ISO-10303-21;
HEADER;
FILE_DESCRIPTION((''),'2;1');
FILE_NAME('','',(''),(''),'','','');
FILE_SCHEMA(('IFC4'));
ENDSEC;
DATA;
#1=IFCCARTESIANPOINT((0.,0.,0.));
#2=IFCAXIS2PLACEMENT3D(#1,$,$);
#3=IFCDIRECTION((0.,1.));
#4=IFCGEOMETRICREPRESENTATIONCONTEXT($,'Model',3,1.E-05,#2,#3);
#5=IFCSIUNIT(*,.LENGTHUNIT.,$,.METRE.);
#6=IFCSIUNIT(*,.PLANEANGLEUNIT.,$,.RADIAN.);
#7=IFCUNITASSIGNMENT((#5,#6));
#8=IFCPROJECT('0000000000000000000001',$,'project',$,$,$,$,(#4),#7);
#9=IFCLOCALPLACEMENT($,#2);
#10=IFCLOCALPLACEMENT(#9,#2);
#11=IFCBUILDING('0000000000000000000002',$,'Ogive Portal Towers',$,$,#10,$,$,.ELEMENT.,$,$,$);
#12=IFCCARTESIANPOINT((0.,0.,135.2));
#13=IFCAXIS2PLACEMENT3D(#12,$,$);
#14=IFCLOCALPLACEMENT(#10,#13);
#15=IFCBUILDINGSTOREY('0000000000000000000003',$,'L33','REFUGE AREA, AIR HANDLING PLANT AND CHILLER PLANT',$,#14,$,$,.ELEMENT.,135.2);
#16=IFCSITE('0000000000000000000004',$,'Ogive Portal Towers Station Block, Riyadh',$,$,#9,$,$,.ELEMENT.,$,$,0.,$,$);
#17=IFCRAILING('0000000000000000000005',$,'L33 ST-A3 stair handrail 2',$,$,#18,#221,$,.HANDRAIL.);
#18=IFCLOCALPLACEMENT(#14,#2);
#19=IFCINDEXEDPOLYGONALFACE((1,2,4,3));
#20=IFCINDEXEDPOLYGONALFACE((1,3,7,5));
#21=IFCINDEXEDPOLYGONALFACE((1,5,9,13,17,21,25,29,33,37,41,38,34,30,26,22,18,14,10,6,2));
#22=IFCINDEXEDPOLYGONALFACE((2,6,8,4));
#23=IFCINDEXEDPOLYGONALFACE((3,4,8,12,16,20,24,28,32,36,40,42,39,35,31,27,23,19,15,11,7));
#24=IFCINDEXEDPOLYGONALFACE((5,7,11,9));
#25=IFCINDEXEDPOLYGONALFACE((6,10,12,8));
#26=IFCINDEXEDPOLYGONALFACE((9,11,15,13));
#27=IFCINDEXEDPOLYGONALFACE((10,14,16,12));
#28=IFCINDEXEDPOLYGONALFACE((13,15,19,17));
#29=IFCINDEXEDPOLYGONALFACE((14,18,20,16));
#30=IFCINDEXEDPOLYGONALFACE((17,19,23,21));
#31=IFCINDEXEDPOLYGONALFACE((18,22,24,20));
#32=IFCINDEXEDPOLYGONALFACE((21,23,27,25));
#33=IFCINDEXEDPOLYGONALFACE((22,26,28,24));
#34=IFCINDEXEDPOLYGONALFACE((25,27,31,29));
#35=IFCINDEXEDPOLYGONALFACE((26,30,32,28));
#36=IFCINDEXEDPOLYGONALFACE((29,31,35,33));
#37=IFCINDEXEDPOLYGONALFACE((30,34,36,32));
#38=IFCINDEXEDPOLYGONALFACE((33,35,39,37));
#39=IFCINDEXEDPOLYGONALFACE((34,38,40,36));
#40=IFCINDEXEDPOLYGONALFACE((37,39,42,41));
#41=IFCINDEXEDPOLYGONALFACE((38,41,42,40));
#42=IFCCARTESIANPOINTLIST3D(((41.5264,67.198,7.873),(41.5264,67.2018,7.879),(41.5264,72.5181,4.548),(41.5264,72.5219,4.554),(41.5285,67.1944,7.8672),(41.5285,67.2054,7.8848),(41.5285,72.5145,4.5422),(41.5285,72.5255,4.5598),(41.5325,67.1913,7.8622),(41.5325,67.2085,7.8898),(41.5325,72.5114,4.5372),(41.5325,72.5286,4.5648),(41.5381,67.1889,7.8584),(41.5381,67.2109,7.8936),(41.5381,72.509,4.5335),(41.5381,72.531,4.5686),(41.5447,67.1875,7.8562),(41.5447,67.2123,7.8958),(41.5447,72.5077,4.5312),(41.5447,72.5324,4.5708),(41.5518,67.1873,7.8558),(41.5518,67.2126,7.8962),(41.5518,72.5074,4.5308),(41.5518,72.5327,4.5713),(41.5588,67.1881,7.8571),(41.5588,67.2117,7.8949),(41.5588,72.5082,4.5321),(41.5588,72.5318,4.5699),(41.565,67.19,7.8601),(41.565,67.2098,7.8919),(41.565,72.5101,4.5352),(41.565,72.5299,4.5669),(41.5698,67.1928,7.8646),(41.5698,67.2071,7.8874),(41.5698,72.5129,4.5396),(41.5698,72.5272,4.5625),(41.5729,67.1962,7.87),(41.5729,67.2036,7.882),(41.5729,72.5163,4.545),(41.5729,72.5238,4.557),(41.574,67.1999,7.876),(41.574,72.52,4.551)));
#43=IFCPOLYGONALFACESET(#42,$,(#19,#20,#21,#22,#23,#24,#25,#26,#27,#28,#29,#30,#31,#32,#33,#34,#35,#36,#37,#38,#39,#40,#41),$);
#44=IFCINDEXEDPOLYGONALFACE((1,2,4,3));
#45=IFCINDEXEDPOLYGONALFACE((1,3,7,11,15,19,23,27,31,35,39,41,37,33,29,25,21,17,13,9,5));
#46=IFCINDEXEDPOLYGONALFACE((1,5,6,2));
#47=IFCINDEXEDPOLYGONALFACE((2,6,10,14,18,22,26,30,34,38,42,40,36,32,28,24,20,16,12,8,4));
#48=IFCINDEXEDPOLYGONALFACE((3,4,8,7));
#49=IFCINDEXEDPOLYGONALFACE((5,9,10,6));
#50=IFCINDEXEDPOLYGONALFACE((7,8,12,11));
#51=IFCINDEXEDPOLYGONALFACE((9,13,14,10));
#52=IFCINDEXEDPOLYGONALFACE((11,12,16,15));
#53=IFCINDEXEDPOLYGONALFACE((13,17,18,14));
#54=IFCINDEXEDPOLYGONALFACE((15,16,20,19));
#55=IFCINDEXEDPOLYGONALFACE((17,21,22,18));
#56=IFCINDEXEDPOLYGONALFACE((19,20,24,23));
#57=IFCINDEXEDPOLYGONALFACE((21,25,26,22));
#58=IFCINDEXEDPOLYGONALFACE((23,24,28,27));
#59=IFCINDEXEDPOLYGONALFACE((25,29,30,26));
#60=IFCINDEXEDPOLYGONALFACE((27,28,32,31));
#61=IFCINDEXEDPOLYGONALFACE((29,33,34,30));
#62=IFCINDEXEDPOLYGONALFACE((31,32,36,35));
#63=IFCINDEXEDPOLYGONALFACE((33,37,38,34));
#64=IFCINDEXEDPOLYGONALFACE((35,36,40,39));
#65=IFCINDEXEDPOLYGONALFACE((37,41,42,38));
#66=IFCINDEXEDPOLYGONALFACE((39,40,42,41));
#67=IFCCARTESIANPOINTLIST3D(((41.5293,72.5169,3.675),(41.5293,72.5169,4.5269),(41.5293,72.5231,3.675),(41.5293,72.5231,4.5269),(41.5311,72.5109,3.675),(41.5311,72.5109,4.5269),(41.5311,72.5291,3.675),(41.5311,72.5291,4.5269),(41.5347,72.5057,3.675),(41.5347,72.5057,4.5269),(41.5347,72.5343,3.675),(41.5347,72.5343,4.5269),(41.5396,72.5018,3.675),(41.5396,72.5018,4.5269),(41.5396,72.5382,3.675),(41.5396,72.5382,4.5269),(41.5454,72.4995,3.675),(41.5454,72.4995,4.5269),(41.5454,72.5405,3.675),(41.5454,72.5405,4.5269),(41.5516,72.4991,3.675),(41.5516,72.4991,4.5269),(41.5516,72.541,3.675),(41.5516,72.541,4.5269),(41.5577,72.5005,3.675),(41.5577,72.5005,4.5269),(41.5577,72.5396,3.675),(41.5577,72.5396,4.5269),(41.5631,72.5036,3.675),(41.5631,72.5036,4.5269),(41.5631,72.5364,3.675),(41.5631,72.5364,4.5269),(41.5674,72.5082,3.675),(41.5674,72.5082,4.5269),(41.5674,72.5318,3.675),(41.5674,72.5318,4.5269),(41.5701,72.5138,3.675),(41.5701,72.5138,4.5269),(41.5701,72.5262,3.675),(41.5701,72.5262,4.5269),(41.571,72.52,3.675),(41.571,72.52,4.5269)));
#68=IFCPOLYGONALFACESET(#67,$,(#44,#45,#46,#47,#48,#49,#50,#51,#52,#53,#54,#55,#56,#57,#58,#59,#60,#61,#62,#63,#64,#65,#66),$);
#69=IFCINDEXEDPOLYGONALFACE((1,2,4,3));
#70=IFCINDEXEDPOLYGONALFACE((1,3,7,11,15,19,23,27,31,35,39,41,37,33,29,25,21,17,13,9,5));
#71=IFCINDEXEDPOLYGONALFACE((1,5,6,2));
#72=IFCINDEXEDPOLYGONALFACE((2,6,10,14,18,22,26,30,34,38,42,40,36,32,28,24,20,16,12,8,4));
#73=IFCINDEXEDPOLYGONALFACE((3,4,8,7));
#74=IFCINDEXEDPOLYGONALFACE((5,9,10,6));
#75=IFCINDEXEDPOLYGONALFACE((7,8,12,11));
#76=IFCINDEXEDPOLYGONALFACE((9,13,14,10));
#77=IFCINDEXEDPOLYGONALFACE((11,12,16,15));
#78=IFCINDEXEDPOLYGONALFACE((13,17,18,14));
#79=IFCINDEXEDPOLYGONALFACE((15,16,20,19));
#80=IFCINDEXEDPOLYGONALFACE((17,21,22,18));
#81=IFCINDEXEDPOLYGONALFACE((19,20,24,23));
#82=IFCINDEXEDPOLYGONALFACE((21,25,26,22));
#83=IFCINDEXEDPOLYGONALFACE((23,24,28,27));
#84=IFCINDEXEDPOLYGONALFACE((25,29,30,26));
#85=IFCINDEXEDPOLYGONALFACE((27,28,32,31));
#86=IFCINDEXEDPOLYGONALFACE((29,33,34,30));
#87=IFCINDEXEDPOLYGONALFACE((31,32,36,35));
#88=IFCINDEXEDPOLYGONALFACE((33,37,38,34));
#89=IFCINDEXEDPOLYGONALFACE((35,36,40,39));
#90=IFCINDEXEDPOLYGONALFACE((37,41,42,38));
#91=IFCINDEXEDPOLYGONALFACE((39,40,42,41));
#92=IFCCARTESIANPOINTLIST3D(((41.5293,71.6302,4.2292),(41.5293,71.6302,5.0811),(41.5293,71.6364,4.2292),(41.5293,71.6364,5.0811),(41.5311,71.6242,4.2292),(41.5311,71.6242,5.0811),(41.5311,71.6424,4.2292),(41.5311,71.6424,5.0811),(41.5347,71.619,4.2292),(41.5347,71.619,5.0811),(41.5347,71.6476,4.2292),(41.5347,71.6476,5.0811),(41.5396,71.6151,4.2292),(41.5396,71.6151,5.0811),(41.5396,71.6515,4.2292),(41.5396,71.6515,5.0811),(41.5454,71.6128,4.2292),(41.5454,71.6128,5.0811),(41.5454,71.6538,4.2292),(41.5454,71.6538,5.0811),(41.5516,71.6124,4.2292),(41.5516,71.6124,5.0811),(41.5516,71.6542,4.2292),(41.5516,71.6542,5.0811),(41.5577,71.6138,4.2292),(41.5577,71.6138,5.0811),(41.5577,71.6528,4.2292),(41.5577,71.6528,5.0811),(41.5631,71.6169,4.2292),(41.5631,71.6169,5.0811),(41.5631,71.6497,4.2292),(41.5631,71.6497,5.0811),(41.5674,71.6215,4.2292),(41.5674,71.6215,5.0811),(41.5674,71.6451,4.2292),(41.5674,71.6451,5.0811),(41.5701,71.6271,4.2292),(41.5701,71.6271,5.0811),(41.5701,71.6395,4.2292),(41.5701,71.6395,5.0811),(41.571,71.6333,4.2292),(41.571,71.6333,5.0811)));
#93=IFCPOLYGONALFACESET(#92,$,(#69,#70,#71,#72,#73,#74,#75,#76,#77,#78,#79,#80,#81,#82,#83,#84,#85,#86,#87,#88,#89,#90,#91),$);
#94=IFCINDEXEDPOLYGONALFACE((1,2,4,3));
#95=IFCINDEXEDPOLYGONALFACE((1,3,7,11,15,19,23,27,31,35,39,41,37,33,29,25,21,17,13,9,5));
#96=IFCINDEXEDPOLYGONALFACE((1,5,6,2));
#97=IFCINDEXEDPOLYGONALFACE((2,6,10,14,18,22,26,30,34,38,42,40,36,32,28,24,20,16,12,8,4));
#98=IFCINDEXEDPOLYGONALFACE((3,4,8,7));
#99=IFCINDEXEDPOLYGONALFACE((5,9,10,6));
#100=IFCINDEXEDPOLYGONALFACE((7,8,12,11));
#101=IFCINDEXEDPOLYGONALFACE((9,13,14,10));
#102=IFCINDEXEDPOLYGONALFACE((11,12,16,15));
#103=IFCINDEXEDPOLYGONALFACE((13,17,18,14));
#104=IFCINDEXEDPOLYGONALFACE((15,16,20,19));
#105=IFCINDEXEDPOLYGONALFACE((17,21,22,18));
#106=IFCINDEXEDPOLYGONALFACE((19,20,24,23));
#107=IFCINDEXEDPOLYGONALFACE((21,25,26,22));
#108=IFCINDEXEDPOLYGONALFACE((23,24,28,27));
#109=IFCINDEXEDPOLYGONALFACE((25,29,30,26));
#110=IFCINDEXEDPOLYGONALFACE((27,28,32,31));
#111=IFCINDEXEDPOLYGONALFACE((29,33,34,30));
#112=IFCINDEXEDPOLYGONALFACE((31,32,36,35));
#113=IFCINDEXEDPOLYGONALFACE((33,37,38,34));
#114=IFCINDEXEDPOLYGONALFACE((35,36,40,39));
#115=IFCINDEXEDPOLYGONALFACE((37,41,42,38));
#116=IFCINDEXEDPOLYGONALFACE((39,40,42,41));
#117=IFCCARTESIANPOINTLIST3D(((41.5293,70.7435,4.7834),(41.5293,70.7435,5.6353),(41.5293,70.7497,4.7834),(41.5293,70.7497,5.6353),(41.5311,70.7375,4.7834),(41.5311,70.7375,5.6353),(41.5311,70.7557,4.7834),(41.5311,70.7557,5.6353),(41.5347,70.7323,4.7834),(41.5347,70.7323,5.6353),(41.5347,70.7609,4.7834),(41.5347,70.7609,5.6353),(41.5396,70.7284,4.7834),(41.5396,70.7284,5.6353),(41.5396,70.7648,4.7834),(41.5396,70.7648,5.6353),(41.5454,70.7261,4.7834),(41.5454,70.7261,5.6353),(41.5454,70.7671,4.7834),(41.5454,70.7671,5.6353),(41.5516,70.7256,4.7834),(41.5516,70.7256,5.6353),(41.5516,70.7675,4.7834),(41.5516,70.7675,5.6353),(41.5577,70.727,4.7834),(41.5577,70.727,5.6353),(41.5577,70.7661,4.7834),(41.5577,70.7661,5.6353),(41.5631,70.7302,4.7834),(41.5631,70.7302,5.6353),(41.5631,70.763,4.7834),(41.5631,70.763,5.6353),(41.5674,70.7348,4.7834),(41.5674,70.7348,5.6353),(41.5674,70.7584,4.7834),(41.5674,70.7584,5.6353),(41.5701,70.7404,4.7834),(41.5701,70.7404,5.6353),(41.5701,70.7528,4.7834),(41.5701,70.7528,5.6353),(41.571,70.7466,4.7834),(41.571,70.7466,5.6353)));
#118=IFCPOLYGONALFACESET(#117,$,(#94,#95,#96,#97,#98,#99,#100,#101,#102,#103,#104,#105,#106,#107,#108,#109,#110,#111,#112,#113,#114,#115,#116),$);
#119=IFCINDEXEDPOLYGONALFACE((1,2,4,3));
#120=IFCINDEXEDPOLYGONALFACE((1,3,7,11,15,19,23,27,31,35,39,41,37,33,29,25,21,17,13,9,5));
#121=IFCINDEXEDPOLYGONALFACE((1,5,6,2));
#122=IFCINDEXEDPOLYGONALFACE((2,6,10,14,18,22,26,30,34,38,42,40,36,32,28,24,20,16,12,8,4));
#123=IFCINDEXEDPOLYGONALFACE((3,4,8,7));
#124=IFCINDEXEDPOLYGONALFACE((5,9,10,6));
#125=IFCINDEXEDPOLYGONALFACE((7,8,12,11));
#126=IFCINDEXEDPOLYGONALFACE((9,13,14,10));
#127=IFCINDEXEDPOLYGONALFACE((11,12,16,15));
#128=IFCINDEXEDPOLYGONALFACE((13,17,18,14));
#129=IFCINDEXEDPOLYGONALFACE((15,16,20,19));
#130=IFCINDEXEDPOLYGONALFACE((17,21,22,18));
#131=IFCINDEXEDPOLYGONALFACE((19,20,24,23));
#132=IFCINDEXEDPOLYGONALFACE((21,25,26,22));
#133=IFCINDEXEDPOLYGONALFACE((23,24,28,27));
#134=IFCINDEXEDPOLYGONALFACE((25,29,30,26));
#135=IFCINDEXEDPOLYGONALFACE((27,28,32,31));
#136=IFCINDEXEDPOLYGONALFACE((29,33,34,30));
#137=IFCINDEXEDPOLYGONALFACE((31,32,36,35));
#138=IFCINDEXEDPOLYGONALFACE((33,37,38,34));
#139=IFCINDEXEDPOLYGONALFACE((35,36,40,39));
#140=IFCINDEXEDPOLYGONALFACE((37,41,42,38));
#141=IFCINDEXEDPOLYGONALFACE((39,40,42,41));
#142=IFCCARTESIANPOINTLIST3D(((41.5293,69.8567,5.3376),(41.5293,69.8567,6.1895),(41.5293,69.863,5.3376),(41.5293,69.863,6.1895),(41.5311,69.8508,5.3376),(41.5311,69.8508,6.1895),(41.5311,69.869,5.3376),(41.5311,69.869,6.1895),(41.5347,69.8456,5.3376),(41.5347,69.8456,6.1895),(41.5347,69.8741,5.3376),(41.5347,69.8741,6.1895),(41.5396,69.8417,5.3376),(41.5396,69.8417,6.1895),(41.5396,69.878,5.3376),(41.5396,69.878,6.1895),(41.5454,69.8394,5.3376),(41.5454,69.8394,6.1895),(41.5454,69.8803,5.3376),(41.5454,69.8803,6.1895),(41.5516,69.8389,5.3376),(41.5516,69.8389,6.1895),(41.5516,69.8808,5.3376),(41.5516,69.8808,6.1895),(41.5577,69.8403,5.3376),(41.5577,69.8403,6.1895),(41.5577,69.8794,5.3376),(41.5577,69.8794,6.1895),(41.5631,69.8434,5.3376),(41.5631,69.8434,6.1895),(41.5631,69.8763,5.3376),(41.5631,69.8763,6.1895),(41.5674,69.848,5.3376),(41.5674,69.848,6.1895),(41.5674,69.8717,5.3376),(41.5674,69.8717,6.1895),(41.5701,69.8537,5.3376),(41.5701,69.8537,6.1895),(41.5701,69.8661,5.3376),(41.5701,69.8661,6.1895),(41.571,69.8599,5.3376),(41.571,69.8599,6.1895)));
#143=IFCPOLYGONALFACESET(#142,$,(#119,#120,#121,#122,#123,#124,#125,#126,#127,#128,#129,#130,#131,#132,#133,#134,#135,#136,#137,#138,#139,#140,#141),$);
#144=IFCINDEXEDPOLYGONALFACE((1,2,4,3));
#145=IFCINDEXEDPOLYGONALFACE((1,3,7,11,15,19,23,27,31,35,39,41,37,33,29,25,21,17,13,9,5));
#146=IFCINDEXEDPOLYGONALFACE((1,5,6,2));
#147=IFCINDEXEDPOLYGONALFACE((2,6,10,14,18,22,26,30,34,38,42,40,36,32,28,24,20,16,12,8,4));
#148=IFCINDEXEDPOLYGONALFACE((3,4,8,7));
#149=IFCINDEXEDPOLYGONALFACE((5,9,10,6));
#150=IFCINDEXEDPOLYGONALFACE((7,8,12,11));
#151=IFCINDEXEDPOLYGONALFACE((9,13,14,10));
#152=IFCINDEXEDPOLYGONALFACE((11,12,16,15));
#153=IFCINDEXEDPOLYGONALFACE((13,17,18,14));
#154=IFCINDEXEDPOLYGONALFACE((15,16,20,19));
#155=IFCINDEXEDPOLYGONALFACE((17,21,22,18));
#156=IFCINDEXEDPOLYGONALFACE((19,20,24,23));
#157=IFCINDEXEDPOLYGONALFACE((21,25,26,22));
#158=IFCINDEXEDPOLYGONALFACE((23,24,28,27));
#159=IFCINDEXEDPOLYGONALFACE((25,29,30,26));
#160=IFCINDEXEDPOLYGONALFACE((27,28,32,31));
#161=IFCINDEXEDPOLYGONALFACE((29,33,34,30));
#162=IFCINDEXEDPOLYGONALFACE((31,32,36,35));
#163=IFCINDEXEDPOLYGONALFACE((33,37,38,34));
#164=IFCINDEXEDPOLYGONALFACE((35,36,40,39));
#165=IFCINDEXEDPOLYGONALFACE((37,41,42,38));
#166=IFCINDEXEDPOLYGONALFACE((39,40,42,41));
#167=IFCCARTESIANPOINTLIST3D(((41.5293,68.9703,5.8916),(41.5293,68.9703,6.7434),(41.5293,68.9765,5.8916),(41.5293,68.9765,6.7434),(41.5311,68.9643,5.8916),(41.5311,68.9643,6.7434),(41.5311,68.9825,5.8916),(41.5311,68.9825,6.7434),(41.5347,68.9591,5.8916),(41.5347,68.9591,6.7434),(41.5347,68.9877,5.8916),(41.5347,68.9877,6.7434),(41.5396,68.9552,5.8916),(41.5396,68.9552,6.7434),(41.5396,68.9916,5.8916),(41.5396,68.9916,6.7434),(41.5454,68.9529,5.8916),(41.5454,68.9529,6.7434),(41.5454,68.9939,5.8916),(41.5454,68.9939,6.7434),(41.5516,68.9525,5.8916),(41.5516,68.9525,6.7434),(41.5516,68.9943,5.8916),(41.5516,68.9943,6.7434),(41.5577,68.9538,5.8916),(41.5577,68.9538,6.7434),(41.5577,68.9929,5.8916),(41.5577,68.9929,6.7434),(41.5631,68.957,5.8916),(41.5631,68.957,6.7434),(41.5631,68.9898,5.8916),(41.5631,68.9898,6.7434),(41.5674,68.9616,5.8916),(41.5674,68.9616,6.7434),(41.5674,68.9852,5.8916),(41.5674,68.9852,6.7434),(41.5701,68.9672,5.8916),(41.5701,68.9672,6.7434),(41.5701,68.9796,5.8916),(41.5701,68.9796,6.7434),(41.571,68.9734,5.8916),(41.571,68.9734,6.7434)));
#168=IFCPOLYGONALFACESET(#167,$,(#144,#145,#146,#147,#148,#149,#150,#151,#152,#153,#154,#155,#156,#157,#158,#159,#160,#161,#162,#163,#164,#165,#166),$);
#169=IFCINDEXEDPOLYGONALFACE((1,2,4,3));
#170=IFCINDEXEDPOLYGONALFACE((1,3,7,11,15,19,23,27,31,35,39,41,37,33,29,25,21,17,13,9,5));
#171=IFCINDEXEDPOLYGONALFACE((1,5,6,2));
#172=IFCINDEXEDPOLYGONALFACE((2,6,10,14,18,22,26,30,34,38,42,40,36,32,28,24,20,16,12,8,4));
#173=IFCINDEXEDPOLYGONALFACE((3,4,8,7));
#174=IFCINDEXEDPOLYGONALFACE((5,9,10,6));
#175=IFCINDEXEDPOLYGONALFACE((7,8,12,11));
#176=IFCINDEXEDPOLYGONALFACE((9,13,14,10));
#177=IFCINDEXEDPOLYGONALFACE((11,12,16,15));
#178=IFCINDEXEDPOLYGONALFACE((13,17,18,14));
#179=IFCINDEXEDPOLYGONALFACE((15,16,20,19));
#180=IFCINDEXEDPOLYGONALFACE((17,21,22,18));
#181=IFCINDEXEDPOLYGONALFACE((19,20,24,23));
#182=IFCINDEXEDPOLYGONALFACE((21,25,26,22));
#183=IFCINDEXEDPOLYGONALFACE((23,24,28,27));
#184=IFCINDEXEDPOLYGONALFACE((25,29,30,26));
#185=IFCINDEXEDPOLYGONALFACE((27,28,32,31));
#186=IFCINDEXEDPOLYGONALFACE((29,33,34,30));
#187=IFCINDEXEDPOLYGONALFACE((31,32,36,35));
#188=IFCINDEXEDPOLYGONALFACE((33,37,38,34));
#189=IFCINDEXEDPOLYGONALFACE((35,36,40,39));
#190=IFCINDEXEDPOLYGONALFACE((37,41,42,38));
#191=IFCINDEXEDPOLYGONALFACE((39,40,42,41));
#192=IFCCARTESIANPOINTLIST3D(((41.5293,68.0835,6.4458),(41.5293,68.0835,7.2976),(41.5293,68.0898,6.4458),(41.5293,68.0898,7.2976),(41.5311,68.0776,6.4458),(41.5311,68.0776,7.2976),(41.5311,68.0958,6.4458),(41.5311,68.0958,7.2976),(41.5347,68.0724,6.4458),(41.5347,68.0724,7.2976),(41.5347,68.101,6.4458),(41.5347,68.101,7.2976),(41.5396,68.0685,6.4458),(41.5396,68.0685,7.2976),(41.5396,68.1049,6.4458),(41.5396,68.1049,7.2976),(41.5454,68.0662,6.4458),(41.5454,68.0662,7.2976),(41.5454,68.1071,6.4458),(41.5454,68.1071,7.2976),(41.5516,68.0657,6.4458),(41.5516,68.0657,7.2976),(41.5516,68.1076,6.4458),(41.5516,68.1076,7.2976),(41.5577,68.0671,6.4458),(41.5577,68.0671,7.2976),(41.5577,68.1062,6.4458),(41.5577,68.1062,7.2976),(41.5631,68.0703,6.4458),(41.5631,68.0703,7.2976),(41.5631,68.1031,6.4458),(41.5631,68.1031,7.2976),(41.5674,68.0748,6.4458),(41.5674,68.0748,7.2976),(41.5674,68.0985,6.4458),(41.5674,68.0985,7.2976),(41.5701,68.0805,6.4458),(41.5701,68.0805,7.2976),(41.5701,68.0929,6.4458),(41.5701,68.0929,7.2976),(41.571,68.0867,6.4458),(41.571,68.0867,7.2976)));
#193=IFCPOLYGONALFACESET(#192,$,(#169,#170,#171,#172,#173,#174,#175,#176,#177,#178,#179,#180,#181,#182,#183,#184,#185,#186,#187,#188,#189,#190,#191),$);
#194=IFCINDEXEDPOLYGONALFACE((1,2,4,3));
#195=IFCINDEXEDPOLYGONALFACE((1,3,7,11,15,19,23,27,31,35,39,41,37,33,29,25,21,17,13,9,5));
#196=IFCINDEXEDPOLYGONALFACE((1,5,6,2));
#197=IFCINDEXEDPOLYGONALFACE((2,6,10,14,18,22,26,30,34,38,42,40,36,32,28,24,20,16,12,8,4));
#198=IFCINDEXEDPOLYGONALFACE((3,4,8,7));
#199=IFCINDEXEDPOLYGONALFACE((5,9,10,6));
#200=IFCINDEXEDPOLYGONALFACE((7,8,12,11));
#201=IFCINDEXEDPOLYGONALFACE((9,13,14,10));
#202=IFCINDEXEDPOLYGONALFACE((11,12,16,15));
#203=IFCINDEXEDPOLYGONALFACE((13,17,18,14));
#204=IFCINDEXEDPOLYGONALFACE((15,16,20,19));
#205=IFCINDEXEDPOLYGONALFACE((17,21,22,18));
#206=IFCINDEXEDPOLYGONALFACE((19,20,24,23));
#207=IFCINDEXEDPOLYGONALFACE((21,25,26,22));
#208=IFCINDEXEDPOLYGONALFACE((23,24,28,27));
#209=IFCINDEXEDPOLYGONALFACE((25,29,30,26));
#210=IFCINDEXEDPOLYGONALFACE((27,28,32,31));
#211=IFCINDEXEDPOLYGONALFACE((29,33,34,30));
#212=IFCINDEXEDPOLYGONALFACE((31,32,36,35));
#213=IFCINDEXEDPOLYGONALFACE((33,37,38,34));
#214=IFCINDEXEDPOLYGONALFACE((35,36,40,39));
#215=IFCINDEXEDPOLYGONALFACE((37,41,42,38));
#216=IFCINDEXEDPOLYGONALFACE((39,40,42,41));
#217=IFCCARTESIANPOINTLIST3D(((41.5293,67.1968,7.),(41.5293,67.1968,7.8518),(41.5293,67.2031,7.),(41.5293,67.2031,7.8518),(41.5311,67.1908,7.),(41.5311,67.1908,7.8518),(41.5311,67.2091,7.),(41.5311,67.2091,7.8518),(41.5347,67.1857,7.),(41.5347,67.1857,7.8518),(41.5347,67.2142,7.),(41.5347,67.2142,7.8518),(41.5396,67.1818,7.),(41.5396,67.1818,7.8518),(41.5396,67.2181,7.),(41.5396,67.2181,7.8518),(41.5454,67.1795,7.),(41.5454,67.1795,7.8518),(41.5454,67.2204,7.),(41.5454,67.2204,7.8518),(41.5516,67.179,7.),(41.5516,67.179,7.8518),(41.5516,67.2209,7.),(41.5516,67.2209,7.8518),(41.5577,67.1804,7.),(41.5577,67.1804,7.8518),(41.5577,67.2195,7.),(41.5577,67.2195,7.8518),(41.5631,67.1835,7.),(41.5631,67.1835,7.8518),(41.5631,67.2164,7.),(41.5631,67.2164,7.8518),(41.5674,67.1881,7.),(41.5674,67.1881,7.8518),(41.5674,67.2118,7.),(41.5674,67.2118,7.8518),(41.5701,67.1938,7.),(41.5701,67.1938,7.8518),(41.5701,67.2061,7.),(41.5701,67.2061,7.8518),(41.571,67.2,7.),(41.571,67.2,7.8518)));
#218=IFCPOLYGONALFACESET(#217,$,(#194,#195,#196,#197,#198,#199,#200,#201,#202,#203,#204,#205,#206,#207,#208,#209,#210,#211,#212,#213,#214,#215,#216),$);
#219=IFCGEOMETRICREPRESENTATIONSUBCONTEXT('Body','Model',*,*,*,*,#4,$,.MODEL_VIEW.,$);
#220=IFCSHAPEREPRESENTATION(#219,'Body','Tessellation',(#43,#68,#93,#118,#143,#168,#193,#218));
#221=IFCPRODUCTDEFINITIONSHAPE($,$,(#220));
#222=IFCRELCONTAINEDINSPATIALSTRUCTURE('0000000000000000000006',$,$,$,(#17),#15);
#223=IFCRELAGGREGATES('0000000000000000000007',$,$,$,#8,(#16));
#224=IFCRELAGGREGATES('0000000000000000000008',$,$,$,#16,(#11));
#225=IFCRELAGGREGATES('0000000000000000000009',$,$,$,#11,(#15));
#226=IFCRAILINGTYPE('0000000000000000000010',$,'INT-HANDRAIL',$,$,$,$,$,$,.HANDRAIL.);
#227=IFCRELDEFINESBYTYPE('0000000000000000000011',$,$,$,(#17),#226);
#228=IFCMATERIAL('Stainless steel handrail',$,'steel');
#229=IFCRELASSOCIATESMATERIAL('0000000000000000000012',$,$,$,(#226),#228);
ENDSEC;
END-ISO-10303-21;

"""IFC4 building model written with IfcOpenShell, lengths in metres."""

from ifc_helpers import new_model, si_unit, direction, frame, origin, origin_2d, place, context, subcontext, project, spatial, circle, extrude, material, type_object, element, save


model = new_model("IFC4")

# Units and contexts
model_context = context("Model", 3, precision=1e-05, world=origin(), true_north=direction((0.0, 1.0)))
body_context = subcontext(model_context, "Body", "Model", "MODEL_VIEW")
ifc_project = project(units=[si_unit("LENGTHUNIT", "METRE"), si_unit("PLANEANGLEUNIT", "RADIAN")], contexts=[model_context])

# Site, building, storey
site_placement = place(None, origin())
site = spatial("IfcSite", under=ifc_project, at=site_placement, Name="Ogive Portal Towers Station Block, Riyadh", CompositionType="ELEMENT", RefElevation=0.0)
building_placement = place(site_placement, origin())
building = spatial("IfcBuilding", under=site, at=building_placement, Name="Ogive Portal Towers", CompositionType="ELEMENT")
storey_placement = place(building_placement, frame((0.0, 0.0, 135.2)))
storey = spatial("IfcBuildingStorey", under=building, at=storey_placement, Name="L33", Description="REFUGE AREA, AIR HANDLING PLANT AND CHILLER PLANT", CompositionType="ELEMENT", Elevation=135.2)

# Railing
ifc_material_1 = material(Name="Stainless steel handrail", Category="steel")
railing_type_1 = type_object("IfcRailingType", Name="INT-HANDRAIL", PredefinedType="HANDRAIL", material=ifc_material_1)
railing_1_placement = place(storey_placement, frame((41.55, 72.52, 3.675)))
element("IfcRailing", 1, at=railing_1_placement, inside=storey, type_object=railing_type_1, Name="L33 ST-A3 stair handrail 2", PredefinedType="HANDRAIL", context=body_context, shape_type="SweptSolid", body=[
    extrude(circle(Radius=0.0239, at=origin_2d()), frame((0.0, 0.0, 0.876), z_axis=(0.0, -0.848005, 0.529988), x_axis=(1.0, 0.0, 0.0)), (0.0, 0.0, 1.0), 6.2737),
    extrude(circle(Radius=0.021, at=origin_2d()), origin(), (0.0, 0.0, 1.0), 0.8518),
    extrude(circle(Radius=0.021, at=origin_2d()), frame((0.0, -0.8867, 0.5542)), (0.0, 0.0, 1.0), 0.8518),
    extrude(circle(Radius=0.021, at=origin_2d()), frame((0.0, -1.7734, 1.1084)), (0.0, 0.0, 1.0), 0.8518),
    extrude(circle(Radius=0.021, at=origin_2d()), frame((0.0, -2.6602, 1.6626)), (0.0, 0.0, 1.0), 0.8518),
    extrude(circle(Radius=0.021, at=origin_2d()), frame((0.0, -3.5466, 2.2166)), (0.0, 0.0, 1.0), 0.8518),
    extrude(circle(Radius=0.021, at=origin_2d()), frame((0.0, -4.4333, 2.7708)), (0.0, 0.0, 1.0), 0.8518),
    extrude(circle(Radius=0.021, at=origin_2d()), frame((0.0, -5.3201, 3.325)), (0.0, 0.0, 1.0), 0.8518),
])

save(model, "model.ifc")
